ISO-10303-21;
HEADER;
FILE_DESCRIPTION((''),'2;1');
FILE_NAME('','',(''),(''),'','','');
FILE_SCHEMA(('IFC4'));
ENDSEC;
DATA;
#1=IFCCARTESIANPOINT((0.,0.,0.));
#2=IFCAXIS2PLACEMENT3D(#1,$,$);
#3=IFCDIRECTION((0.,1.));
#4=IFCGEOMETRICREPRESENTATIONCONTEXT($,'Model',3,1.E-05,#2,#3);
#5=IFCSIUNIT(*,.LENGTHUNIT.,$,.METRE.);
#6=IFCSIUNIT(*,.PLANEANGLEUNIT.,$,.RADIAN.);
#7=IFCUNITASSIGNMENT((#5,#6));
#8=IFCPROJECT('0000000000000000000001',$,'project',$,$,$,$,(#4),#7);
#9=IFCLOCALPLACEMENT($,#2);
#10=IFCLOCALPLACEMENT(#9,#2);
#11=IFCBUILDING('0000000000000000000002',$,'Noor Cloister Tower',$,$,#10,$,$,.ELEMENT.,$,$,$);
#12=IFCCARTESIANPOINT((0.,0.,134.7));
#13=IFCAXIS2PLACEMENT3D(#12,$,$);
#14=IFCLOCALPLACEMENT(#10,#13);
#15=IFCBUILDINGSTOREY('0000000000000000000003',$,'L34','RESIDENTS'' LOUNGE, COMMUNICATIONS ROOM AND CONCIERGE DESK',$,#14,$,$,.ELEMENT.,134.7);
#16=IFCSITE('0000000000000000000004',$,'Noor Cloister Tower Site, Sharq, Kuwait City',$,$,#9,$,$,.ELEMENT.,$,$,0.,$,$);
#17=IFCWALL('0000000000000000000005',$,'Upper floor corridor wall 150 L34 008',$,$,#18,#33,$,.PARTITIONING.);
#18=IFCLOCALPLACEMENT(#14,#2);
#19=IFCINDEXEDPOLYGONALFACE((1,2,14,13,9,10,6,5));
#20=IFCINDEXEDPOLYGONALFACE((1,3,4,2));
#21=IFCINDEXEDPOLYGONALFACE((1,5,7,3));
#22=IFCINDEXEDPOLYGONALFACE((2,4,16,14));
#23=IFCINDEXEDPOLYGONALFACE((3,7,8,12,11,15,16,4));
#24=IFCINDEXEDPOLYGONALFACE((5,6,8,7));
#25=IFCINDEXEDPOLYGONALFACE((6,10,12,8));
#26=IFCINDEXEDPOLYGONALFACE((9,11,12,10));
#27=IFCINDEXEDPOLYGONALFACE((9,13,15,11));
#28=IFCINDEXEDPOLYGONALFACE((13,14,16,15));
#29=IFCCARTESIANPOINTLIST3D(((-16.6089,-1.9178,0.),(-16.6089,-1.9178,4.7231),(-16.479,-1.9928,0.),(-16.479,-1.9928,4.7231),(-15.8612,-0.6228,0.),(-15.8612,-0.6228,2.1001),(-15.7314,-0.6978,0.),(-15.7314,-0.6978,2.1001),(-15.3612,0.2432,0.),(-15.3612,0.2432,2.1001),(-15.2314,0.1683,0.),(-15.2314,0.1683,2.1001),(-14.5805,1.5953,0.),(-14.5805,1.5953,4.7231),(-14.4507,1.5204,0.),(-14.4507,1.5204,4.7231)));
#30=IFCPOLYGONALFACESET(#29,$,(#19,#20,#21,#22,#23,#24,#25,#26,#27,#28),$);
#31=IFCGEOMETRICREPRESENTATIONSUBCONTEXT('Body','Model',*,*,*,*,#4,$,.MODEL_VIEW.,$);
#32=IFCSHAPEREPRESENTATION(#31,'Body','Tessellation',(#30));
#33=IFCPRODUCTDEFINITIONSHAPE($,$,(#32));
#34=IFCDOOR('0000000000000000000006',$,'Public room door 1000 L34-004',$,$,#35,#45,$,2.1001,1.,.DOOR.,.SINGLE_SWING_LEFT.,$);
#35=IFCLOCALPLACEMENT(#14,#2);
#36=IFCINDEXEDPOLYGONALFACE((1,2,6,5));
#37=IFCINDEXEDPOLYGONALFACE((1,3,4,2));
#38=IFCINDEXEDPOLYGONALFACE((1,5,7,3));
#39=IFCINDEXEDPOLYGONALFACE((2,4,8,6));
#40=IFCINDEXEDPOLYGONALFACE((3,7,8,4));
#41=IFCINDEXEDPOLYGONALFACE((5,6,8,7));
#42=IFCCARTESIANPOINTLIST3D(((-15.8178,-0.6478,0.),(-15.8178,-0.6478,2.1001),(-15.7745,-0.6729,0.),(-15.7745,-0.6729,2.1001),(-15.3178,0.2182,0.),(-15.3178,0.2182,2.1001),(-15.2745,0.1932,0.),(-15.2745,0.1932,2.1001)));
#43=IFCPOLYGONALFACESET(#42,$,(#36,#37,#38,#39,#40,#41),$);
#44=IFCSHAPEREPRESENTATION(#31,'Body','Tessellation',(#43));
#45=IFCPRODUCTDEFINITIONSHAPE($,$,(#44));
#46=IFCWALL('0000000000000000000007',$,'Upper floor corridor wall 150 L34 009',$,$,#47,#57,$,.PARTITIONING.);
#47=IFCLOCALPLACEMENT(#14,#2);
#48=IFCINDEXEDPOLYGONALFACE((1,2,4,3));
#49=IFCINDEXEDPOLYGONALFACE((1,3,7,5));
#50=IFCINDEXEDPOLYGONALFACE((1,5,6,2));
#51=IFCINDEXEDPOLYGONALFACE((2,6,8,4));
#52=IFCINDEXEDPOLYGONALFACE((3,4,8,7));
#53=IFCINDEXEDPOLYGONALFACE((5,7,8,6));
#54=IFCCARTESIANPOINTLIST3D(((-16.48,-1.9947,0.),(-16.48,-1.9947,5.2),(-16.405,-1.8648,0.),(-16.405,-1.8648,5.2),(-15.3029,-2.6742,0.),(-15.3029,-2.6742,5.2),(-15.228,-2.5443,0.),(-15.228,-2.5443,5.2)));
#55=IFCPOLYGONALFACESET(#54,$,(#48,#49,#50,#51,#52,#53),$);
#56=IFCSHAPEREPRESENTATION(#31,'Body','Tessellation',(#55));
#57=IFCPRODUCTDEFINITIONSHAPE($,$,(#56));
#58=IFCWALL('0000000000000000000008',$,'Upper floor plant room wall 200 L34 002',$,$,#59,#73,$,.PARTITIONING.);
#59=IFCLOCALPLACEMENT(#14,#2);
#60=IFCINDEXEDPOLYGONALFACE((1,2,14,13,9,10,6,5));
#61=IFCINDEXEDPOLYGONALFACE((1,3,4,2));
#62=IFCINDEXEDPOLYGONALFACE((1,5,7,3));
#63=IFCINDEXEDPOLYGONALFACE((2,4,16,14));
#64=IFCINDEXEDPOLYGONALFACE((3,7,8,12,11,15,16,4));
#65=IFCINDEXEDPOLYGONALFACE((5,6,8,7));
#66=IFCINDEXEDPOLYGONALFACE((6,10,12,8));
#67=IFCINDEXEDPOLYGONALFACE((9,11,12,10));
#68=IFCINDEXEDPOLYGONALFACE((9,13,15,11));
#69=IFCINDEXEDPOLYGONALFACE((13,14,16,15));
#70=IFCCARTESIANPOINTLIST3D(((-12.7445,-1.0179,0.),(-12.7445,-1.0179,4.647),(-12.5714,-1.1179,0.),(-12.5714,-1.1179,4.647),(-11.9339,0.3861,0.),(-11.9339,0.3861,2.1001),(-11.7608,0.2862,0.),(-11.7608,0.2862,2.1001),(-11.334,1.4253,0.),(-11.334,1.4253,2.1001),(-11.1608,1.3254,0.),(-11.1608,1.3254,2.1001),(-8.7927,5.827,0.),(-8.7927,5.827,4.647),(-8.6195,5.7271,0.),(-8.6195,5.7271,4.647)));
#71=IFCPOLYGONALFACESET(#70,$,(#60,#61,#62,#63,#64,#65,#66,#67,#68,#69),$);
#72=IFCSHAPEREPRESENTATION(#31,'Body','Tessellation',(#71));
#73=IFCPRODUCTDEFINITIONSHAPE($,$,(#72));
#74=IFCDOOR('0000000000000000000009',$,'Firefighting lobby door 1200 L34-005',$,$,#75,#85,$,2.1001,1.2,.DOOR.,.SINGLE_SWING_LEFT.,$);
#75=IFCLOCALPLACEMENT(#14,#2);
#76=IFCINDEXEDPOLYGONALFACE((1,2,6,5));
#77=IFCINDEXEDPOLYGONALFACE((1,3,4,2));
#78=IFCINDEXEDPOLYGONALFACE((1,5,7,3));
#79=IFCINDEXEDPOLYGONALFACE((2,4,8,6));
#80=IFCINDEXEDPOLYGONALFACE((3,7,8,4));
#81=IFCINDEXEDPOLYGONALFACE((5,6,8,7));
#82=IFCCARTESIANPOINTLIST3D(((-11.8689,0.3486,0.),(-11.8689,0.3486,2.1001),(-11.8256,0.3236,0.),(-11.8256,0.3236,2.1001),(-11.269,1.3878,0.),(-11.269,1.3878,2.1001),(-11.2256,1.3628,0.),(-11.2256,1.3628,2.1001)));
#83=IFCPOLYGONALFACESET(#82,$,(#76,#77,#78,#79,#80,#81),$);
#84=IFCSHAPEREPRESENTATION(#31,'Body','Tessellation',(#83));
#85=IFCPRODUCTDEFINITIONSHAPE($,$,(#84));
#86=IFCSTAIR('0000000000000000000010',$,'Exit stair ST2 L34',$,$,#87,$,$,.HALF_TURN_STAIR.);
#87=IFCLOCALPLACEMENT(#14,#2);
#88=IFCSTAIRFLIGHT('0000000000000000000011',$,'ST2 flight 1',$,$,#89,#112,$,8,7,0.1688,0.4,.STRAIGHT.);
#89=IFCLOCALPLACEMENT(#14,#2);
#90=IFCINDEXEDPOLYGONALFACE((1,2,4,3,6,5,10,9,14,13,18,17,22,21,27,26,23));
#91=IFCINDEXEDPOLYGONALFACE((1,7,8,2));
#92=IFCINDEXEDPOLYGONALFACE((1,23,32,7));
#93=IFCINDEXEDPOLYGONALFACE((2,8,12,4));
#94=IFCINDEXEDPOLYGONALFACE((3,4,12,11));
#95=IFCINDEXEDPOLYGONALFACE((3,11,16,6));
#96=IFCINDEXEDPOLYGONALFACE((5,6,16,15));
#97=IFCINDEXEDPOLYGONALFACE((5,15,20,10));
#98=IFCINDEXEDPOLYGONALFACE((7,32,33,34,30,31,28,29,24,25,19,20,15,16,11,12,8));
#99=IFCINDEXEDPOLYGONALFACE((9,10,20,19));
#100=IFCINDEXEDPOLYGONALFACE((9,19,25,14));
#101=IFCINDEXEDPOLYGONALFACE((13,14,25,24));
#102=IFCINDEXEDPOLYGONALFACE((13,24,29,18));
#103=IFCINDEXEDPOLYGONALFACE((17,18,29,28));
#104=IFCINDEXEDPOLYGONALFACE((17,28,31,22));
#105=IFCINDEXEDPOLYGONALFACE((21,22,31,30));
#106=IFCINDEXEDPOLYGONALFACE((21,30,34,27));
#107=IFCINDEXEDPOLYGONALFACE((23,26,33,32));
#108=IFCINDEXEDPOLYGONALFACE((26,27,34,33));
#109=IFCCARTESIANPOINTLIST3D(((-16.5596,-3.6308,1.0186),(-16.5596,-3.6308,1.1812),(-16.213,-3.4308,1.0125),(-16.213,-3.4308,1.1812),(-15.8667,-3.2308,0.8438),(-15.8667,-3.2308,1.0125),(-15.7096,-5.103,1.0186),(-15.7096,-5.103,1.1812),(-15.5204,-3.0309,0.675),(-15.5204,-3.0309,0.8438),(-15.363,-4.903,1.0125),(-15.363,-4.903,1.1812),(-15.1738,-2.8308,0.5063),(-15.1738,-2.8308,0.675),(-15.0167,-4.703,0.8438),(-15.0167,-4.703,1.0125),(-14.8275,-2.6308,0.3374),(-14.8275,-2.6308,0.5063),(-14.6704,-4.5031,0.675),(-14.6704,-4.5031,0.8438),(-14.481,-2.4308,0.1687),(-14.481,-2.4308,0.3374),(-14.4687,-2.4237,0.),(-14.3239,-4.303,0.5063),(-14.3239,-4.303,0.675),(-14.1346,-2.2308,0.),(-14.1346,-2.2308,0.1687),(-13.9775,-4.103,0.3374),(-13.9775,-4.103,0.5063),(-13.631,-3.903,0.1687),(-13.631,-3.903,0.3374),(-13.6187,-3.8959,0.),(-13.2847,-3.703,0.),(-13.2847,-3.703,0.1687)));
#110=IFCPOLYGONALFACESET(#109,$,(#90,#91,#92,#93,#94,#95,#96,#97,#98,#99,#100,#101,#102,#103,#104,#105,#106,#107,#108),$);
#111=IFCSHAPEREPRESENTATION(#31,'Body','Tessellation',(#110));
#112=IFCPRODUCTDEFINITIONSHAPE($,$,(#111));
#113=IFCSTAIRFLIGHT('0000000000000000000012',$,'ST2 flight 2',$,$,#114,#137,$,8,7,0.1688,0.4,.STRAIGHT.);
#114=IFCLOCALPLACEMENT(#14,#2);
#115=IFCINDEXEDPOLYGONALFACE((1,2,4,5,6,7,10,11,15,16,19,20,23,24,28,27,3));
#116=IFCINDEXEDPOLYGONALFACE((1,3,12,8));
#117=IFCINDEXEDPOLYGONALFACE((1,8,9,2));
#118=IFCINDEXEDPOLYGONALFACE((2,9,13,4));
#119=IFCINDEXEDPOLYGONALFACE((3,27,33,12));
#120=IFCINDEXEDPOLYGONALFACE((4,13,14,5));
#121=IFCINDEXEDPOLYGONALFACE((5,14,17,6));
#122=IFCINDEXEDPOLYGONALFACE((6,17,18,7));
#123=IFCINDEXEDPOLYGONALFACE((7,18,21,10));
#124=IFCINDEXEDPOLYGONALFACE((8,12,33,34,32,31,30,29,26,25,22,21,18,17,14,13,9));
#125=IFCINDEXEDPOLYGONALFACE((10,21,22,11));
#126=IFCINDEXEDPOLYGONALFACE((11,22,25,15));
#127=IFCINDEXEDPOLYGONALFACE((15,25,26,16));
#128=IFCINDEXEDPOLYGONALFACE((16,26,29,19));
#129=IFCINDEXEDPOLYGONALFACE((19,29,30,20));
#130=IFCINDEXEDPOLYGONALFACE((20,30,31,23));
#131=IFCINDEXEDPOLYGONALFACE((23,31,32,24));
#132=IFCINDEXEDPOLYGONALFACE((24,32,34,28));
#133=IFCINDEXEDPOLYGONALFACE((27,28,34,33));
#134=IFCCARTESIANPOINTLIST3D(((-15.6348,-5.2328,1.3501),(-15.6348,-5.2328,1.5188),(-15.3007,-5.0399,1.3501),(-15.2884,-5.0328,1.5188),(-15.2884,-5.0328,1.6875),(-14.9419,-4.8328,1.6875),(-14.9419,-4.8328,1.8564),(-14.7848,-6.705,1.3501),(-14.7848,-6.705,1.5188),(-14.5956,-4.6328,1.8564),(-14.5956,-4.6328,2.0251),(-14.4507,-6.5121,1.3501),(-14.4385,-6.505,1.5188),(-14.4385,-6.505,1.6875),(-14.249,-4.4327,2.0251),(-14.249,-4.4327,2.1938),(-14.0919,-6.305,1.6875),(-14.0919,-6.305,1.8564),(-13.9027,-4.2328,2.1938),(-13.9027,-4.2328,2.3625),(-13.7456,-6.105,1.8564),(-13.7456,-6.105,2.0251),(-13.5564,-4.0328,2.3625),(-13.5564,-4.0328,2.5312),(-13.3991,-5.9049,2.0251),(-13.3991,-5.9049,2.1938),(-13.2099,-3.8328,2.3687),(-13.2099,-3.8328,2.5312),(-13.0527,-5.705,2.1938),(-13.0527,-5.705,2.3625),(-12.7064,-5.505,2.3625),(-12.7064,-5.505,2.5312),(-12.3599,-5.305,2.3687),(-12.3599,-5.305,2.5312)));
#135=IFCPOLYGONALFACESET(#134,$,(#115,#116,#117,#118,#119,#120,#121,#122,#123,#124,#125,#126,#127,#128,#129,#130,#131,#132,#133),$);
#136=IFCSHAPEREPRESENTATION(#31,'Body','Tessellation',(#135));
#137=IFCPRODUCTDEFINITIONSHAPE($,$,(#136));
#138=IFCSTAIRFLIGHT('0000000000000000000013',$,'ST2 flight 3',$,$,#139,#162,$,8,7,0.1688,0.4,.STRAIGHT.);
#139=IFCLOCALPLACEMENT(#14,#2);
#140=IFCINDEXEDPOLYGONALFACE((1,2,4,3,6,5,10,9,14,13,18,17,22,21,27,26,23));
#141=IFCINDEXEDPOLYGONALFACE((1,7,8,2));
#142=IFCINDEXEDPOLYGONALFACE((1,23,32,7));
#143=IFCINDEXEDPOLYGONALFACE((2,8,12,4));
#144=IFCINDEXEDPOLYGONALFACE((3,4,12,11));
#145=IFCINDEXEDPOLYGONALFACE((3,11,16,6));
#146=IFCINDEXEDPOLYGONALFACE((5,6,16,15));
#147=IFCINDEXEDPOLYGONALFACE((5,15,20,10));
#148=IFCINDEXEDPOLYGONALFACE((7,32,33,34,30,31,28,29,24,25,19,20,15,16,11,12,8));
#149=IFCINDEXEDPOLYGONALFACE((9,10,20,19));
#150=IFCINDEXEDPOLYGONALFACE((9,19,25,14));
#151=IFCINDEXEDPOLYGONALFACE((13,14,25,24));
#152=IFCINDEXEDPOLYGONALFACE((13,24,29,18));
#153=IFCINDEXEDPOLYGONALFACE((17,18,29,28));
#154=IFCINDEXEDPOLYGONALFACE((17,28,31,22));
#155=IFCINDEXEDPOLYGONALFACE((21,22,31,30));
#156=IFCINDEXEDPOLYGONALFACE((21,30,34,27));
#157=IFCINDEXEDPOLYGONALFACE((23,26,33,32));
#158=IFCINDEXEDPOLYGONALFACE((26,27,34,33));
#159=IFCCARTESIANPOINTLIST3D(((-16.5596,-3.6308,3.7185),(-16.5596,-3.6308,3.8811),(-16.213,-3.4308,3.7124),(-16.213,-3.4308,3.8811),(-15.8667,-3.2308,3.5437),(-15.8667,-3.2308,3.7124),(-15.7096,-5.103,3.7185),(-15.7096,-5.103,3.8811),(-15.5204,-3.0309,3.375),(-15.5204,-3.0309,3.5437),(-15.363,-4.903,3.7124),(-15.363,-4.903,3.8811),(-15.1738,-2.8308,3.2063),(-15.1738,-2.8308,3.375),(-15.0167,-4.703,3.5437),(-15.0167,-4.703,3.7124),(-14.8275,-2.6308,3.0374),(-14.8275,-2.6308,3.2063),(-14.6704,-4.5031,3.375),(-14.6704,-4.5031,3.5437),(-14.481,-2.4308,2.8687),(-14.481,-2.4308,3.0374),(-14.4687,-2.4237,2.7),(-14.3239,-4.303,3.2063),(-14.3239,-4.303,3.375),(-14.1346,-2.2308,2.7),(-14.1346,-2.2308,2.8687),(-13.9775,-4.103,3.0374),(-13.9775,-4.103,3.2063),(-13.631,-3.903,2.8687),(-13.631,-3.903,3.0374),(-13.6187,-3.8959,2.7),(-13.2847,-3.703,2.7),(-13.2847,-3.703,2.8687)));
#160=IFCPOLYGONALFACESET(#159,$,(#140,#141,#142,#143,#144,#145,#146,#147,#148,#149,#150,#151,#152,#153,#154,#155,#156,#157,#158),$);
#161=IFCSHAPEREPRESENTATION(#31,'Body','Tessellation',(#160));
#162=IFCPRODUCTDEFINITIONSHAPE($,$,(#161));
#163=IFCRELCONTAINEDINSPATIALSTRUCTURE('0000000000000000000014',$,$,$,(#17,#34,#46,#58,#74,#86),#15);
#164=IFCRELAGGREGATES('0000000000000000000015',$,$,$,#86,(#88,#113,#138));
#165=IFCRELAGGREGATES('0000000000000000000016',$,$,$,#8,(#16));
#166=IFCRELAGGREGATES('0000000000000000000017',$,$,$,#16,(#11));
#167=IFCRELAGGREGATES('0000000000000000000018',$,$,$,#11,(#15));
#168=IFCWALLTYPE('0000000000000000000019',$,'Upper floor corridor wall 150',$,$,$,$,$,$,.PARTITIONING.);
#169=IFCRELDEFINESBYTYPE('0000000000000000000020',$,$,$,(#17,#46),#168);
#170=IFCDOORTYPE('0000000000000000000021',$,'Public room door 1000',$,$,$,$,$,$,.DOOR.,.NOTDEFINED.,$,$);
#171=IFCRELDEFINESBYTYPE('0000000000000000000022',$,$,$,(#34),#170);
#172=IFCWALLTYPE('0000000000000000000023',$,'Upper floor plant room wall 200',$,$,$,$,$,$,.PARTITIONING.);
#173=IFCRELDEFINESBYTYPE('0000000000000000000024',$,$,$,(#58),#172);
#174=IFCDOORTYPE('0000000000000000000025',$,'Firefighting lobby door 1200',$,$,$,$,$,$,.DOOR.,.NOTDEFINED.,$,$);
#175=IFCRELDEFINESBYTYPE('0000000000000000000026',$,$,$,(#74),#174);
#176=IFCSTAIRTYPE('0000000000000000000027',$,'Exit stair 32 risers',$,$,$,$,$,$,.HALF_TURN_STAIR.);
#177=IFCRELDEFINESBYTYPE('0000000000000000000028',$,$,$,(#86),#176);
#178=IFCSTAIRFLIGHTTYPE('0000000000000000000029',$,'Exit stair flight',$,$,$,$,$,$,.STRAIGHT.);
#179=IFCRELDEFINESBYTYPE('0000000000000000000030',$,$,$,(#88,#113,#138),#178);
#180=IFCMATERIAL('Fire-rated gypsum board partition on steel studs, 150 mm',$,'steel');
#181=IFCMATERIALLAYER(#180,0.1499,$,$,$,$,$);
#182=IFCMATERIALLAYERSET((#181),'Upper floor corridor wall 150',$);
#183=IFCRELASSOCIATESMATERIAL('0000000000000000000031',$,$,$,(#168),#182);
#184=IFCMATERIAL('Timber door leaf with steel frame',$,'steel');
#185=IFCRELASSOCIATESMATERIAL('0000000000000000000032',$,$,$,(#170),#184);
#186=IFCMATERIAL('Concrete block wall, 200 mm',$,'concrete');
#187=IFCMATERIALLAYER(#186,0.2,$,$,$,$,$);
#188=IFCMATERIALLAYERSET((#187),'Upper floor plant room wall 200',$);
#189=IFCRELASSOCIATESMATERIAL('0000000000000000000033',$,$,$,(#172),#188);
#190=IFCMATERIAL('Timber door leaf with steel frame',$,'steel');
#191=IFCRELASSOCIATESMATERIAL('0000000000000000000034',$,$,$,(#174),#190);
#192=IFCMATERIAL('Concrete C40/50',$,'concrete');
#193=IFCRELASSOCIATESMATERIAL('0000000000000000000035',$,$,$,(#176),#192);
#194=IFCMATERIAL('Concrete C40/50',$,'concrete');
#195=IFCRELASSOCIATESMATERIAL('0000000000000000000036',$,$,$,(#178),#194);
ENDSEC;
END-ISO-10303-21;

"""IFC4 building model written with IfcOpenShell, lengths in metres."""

from ifc_helpers import new_model, si_unit, direction, frame, frame_2d, origin, place, context, subcontext, project, spatial, polyline, rectangle, outline, extrude, material, layer, layer_set, type_object, element, fill, aggregate, save


model = new_model("IFC4")

# Units and contexts
model_context = context("Model", 3, precision=1e-05, world=origin(), true_north=direction((0.0, 1.0)))
body_context = subcontext(model_context, "Body", "Model", "MODEL_VIEW")
ifc_project = project(units=[si_unit("LENGTHUNIT", "METRE"), si_unit("PLANEANGLEUNIT", "RADIAN")], contexts=[model_context])

# Site, building, storey
site_placement = place(None, origin())
site = spatial("IfcSite", under=ifc_project, at=site_placement, Name="Noor Cloister Tower Site, Sharq, Kuwait City", CompositionType="ELEMENT", RefElevation=0.0)
building_placement = place(site_placement, origin())
building = spatial("IfcBuilding", under=site, at=building_placement, Name="Noor Cloister Tower", CompositionType="ELEMENT")
storey_placement = place(building_placement, frame((0.0, 0.0, 134.7)))
storey = spatial("IfcBuildingStorey", under=building, at=storey_placement, Name="L34", Description="RESIDENTS' LOUNGE, COMMUNICATIONS ROOM AND CONCIERGE DESK", CompositionType="ELEMENT", Elevation=134.7)

# Wall, opening, door
ifc_material_1 = material(Name="Fire-rated gypsum board partition on steel studs, 150 mm", Category="steel")
ifc_layer_1 = layer(ifc_material_1, 0.1499)
ifc_layer_set_1 = layer_set([ifc_layer_1], Name="Upper floor corridor wall 150")
wall_type_1 = type_object("IfcWallType", Name="Upper floor corridor wall 150", PredefinedType="PARTITIONING", material=ifc_layer_set_1)
wall_1_placement = place(storey_placement, frame((-16.5439, -1.9553, 0.0), z_axis=(0.0, 0.0, 1.0), x_axis=(0.499997, 0.866027, 0.0)))
wall_1 = element("IfcWall", 1, at=wall_1_placement, inside=storey, type_object=wall_type_1, Name="Upper floor corridor wall 150 L34 008", PredefinedType="PARTITIONING", context=body_context, shape_type="SweptSolid", body=[
    extrude(rectangle(XDim=4.0566, YDim=0.1499, at=frame_2d((2.0283, 0.0))), origin(), (0.0, 0.0, 1.0), 4.7231),
])
opening_1_placement = place(wall_1_placement, frame((1.4954, 0.0, 0.0)))
opening_1 = element("IfcOpeningElement", 2, at=opening_1_placement, cuts=wall_1, PredefinedType="OPENING", context=body_context, shape_type="SweptSolid", body=[
    extrude(rectangle(XDim=1.0, YDim=2.1001, at=frame_2d((0.5, 1.05))), frame((0.0, 0.085, 0.0), z_axis=(0.0, -1.0, 0.0), x_axis=(1.0, 0.0, 0.0)), (0.0, 0.0, 1.0), 0.1699),
])
ifc_material_2 = material(Name="Timber door leaf with steel frame", Category="steel")
door_type_1 = type_object("IfcDoorType", Name="Public room door 1000", OperationType="NOTDEFINED", PredefinedType="DOOR", material=ifc_material_2)
door_1_placement = place(opening_1_placement, origin())
door_1 = element("IfcDoor", 3, at=door_1_placement, inside=storey, type_object=door_type_1, Name="Public room door 1000 L34-004", OperationType="SINGLE_SWING_LEFT", OverallHeight=2.1001, OverallWidth=1.0, PredefinedType="DOOR", context=body_context, shape_type="SweptSolid", body=[
    extrude(rectangle(XDim=1.0, YDim=2.1001, at=frame_2d((0.5, 1.05))), frame((0.0, 0.0249, 0.0), z_axis=(0.0, -1.0, 0.0), x_axis=(1.0, 0.0, 0.0)), (0.0, 0.0, 1.0), 0.05),
])
fill(opening_1, door_1)

# Wall
wall_2_placement = place(storey_placement, frame((-16.4426, -1.9297, 0.0), z_axis=(0.0, 0.0, 1.0), x_axis=(0.866057, -0.499945, 0.0)))
element("IfcWall", 4, at=wall_2_placement, inside=storey, type_object=wall_type_1, Name="Upper floor corridor wall 150 L34 009", PredefinedType="PARTITIONING", context=body_context, shape_type="SweptSolid", body=[
    extrude(rectangle(XDim=1.3591, YDim=0.1499, at=frame_2d((0.6797, 0.0))), origin(), (0.0, 0.0, 1.0), 5.2),
])

# Wall, opening, door
ifc_material_3 = material(Name="Concrete block wall, 200 mm", Category="concrete")
ifc_layer_2 = layer(ifc_material_3, 0.2)
ifc_layer_set_2 = layer_set([ifc_layer_2], Name="Upper floor plant room wall 200")
wall_type_2 = type_object("IfcWallType", Name="Upper floor plant room wall 200", PredefinedType="PARTITIONING", material=ifc_layer_set_2)
wall_3_placement = place(storey_placement, frame((-12.658, -1.0679, 0.0), z_axis=(0.0, 0.0, 1.0), x_axis=(0.499996, 0.866028, 0.0)))
wall_3 = element("IfcWall", 5, at=wall_3_placement, inside=storey, type_object=wall_type_2, Name="Upper floor plant room wall 200 L34 002", PredefinedType="PARTITIONING", context=body_context, shape_type="SweptSolid", body=[
    extrude(rectangle(XDim=7.9038, YDim=0.2, at=frame_2d((3.9519, 0.0))), origin(), (0.0, 0.0, 1.0), 4.647),
])
opening_2_placement = place(wall_3_placement, frame((1.6211, 0.0, 0.0)))
opening_2 = element("IfcOpeningElement", 6, at=opening_2_placement, cuts=wall_3, PredefinedType="OPENING", context=body_context, shape_type="SweptSolid", body=[
    extrude(rectangle(XDim=1.2, YDim=2.1001, at=frame_2d((0.6001, 1.05))), frame((0.0, 0.1099, 0.0), z_axis=(0.0, -1.0, 0.0), x_axis=(1.0, 0.0, 0.0)), (0.0, 0.0, 1.0), 0.22),
])
ifc_material_4 = material(Name="Timber door leaf with steel frame", Category="steel")
door_type_2 = type_object("IfcDoorType", Name="Firefighting lobby door 1200", OperationType="NOTDEFINED", PredefinedType="DOOR", material=ifc_material_4)
door_2_placement = place(opening_2_placement, origin())
door_2 = element("IfcDoor", 7, at=door_2_placement, inside=storey, type_object=door_type_2, Name="Firefighting lobby door 1200 L34-005", OperationType="SINGLE_SWING_LEFT", OverallHeight=2.1001, OverallWidth=1.2, PredefinedType="DOOR", context=body_context, shape_type="SweptSolid", body=[
    extrude(rectangle(XDim=1.2, YDim=2.1001, at=frame_2d((0.6001, 1.05))), frame((0.0, 0.0249, 0.0), z_axis=(0.0, -1.0, 0.0), x_axis=(1.0, 0.0, 0.0)), (0.0, 0.0, 1.0), 0.05),
])
fill(opening_2, door_2)

# Stair, stair flights
ifc_material_5 = material(Name="Concrete C40/50", Category="concrete")
stair_type = type_object("IfcStairType", Name="Exit stair 32 risers", PredefinedType="HALF_TURN_STAIR", material=ifc_material_5)
stair_placement = place(storey_placement, origin())
stair = element("IfcStair", 8, at=stair_placement, inside=storey, type_object=stair_type, Name="Exit stair ST2 L34", PredefinedType="HALF_TURN_STAIR")
ifc_material_6 = material(Name="Concrete C40/50", Category="concrete")
stair_flight_type = type_object("IfcStairFlightType", Name="Exit stair flight", PredefinedType="STRAIGHT", material=ifc_material_6)
stair_flight_1_placement = place(storey_placement, frame((-13.7097, -2.9668, 0.0), z_axis=(0.0, 0.0, 1.0), x_axis=(-0.866025, -0.5, 0.0)))
stair_flight_1 = element("IfcStairFlight", 9, at=stair_flight_1_placement, type_object=stair_flight_type, Name="ST2 flight 1", NumberOfRisers=8, NumberOfTreads=7, PredefinedType="STRAIGHT", RiserHeight=0.1688, TreadLength=0.4, context=body_context, shape_type="SweptSolid", body=[
    extrude(outline(polyline([(0.0, 0.0), (0.0, 0.1687), (0.3999, 0.1687), (0.3999, 0.3374), (0.8, 0.3374), (0.8, 0.5063), (1.2, 0.5063), (1.2, 0.675), (1.6001, 0.675), (1.6001, 0.8438), (2.0, 0.8438), (2.0, 1.0125), (2.3999, 1.0125), (2.3999, 1.1812), (2.8, 1.1812), (2.8, 1.3501), (2.8, 1.0186), (0.3857, 0.0), (0.0, 0.0)])), frame((0.0, 0.8501, 0.0), z_axis=(0.0, -1.0, 0.0), x_axis=(1.0, 0.0, 0.0)), (0.0, 0.0, 1.0), 1.7),
])
stair_flight_2_placement = place(storey_placement, frame((-15.2097, -5.969, 1.3501), z_axis=(0.0, 0.0, 1.0), x_axis=(0.866025, 0.5, 0.0)))
stair_flight_2 = element("IfcStairFlight", 10, at=stair_flight_2_placement, type_object=stair_flight_type, Name="ST2 flight 2", NumberOfRisers=8, NumberOfTreads=7, PredefinedType="STRAIGHT", RiserHeight=0.1688, TreadLength=0.4, context=body_context, shape_type="SweptSolid", body=[
    extrude(outline(polyline([(0.0, 0.0), (0.0, 0.1687), (0.3999, 0.1687), (0.3999, 0.3374), (0.8, 0.3374), (0.8, 0.5063), (1.2, 0.5063), (1.2, 0.675), (1.6001, 0.675), (1.6001, 0.8438), (2.0, 0.8438), (2.0, 1.0125), (2.3999, 1.0125), (2.3999, 1.1812), (2.8, 1.1812), (2.8, 1.3501), (2.8, 1.0186), (0.3857, 0.0), (0.0, 0.0)])), frame((0.0, 0.8501, 0.0), z_axis=(0.0, -1.0, 0.0), x_axis=(1.0, 0.0, 0.0)), (0.0, 0.0, 1.0), 1.7),
])
stair_flight_3_placement = place(storey_placement, frame((-13.7097, -2.9668, 2.7), z_axis=(0.0, 0.0, 1.0), x_axis=(-0.866025, -0.5, 0.0)))
stair_flight_3 = element("IfcStairFlight", 11, at=stair_flight_3_placement, type_object=stair_flight_type, Name="ST2 flight 3", NumberOfRisers=8, NumberOfTreads=7, PredefinedType="STRAIGHT", RiserHeight=0.1688, TreadLength=0.4, context=body_context, shape_type="SweptSolid", body=[
    extrude(outline(polyline([(0.0, 0.0), (0.0, 0.1687), (0.3999, 0.1687), (0.3999, 0.3374), (0.8, 0.3374), (0.8, 0.5063), (1.2, 0.5063), (1.2, 0.675), (1.6001, 0.675), (1.6001, 0.8438), (2.0, 0.8438), (2.0, 1.0125), (2.3999, 1.0125), (2.3999, 1.1812), (2.8, 1.1812), (2.8, 1.3501), (2.8, 1.0186), (0.3857, 0.0), (0.0, 0.0)])), frame((0.0, 0.8501, 0.0), z_axis=(0.0, -1.0, 0.0), x_axis=(1.0, 0.0, 0.0)), (0.0, 0.0, 1.0), 1.7),
])
aggregate(stair, [stair_flight_1, stair_flight_2, stair_flight_3])

save(model, "model.ifc")
